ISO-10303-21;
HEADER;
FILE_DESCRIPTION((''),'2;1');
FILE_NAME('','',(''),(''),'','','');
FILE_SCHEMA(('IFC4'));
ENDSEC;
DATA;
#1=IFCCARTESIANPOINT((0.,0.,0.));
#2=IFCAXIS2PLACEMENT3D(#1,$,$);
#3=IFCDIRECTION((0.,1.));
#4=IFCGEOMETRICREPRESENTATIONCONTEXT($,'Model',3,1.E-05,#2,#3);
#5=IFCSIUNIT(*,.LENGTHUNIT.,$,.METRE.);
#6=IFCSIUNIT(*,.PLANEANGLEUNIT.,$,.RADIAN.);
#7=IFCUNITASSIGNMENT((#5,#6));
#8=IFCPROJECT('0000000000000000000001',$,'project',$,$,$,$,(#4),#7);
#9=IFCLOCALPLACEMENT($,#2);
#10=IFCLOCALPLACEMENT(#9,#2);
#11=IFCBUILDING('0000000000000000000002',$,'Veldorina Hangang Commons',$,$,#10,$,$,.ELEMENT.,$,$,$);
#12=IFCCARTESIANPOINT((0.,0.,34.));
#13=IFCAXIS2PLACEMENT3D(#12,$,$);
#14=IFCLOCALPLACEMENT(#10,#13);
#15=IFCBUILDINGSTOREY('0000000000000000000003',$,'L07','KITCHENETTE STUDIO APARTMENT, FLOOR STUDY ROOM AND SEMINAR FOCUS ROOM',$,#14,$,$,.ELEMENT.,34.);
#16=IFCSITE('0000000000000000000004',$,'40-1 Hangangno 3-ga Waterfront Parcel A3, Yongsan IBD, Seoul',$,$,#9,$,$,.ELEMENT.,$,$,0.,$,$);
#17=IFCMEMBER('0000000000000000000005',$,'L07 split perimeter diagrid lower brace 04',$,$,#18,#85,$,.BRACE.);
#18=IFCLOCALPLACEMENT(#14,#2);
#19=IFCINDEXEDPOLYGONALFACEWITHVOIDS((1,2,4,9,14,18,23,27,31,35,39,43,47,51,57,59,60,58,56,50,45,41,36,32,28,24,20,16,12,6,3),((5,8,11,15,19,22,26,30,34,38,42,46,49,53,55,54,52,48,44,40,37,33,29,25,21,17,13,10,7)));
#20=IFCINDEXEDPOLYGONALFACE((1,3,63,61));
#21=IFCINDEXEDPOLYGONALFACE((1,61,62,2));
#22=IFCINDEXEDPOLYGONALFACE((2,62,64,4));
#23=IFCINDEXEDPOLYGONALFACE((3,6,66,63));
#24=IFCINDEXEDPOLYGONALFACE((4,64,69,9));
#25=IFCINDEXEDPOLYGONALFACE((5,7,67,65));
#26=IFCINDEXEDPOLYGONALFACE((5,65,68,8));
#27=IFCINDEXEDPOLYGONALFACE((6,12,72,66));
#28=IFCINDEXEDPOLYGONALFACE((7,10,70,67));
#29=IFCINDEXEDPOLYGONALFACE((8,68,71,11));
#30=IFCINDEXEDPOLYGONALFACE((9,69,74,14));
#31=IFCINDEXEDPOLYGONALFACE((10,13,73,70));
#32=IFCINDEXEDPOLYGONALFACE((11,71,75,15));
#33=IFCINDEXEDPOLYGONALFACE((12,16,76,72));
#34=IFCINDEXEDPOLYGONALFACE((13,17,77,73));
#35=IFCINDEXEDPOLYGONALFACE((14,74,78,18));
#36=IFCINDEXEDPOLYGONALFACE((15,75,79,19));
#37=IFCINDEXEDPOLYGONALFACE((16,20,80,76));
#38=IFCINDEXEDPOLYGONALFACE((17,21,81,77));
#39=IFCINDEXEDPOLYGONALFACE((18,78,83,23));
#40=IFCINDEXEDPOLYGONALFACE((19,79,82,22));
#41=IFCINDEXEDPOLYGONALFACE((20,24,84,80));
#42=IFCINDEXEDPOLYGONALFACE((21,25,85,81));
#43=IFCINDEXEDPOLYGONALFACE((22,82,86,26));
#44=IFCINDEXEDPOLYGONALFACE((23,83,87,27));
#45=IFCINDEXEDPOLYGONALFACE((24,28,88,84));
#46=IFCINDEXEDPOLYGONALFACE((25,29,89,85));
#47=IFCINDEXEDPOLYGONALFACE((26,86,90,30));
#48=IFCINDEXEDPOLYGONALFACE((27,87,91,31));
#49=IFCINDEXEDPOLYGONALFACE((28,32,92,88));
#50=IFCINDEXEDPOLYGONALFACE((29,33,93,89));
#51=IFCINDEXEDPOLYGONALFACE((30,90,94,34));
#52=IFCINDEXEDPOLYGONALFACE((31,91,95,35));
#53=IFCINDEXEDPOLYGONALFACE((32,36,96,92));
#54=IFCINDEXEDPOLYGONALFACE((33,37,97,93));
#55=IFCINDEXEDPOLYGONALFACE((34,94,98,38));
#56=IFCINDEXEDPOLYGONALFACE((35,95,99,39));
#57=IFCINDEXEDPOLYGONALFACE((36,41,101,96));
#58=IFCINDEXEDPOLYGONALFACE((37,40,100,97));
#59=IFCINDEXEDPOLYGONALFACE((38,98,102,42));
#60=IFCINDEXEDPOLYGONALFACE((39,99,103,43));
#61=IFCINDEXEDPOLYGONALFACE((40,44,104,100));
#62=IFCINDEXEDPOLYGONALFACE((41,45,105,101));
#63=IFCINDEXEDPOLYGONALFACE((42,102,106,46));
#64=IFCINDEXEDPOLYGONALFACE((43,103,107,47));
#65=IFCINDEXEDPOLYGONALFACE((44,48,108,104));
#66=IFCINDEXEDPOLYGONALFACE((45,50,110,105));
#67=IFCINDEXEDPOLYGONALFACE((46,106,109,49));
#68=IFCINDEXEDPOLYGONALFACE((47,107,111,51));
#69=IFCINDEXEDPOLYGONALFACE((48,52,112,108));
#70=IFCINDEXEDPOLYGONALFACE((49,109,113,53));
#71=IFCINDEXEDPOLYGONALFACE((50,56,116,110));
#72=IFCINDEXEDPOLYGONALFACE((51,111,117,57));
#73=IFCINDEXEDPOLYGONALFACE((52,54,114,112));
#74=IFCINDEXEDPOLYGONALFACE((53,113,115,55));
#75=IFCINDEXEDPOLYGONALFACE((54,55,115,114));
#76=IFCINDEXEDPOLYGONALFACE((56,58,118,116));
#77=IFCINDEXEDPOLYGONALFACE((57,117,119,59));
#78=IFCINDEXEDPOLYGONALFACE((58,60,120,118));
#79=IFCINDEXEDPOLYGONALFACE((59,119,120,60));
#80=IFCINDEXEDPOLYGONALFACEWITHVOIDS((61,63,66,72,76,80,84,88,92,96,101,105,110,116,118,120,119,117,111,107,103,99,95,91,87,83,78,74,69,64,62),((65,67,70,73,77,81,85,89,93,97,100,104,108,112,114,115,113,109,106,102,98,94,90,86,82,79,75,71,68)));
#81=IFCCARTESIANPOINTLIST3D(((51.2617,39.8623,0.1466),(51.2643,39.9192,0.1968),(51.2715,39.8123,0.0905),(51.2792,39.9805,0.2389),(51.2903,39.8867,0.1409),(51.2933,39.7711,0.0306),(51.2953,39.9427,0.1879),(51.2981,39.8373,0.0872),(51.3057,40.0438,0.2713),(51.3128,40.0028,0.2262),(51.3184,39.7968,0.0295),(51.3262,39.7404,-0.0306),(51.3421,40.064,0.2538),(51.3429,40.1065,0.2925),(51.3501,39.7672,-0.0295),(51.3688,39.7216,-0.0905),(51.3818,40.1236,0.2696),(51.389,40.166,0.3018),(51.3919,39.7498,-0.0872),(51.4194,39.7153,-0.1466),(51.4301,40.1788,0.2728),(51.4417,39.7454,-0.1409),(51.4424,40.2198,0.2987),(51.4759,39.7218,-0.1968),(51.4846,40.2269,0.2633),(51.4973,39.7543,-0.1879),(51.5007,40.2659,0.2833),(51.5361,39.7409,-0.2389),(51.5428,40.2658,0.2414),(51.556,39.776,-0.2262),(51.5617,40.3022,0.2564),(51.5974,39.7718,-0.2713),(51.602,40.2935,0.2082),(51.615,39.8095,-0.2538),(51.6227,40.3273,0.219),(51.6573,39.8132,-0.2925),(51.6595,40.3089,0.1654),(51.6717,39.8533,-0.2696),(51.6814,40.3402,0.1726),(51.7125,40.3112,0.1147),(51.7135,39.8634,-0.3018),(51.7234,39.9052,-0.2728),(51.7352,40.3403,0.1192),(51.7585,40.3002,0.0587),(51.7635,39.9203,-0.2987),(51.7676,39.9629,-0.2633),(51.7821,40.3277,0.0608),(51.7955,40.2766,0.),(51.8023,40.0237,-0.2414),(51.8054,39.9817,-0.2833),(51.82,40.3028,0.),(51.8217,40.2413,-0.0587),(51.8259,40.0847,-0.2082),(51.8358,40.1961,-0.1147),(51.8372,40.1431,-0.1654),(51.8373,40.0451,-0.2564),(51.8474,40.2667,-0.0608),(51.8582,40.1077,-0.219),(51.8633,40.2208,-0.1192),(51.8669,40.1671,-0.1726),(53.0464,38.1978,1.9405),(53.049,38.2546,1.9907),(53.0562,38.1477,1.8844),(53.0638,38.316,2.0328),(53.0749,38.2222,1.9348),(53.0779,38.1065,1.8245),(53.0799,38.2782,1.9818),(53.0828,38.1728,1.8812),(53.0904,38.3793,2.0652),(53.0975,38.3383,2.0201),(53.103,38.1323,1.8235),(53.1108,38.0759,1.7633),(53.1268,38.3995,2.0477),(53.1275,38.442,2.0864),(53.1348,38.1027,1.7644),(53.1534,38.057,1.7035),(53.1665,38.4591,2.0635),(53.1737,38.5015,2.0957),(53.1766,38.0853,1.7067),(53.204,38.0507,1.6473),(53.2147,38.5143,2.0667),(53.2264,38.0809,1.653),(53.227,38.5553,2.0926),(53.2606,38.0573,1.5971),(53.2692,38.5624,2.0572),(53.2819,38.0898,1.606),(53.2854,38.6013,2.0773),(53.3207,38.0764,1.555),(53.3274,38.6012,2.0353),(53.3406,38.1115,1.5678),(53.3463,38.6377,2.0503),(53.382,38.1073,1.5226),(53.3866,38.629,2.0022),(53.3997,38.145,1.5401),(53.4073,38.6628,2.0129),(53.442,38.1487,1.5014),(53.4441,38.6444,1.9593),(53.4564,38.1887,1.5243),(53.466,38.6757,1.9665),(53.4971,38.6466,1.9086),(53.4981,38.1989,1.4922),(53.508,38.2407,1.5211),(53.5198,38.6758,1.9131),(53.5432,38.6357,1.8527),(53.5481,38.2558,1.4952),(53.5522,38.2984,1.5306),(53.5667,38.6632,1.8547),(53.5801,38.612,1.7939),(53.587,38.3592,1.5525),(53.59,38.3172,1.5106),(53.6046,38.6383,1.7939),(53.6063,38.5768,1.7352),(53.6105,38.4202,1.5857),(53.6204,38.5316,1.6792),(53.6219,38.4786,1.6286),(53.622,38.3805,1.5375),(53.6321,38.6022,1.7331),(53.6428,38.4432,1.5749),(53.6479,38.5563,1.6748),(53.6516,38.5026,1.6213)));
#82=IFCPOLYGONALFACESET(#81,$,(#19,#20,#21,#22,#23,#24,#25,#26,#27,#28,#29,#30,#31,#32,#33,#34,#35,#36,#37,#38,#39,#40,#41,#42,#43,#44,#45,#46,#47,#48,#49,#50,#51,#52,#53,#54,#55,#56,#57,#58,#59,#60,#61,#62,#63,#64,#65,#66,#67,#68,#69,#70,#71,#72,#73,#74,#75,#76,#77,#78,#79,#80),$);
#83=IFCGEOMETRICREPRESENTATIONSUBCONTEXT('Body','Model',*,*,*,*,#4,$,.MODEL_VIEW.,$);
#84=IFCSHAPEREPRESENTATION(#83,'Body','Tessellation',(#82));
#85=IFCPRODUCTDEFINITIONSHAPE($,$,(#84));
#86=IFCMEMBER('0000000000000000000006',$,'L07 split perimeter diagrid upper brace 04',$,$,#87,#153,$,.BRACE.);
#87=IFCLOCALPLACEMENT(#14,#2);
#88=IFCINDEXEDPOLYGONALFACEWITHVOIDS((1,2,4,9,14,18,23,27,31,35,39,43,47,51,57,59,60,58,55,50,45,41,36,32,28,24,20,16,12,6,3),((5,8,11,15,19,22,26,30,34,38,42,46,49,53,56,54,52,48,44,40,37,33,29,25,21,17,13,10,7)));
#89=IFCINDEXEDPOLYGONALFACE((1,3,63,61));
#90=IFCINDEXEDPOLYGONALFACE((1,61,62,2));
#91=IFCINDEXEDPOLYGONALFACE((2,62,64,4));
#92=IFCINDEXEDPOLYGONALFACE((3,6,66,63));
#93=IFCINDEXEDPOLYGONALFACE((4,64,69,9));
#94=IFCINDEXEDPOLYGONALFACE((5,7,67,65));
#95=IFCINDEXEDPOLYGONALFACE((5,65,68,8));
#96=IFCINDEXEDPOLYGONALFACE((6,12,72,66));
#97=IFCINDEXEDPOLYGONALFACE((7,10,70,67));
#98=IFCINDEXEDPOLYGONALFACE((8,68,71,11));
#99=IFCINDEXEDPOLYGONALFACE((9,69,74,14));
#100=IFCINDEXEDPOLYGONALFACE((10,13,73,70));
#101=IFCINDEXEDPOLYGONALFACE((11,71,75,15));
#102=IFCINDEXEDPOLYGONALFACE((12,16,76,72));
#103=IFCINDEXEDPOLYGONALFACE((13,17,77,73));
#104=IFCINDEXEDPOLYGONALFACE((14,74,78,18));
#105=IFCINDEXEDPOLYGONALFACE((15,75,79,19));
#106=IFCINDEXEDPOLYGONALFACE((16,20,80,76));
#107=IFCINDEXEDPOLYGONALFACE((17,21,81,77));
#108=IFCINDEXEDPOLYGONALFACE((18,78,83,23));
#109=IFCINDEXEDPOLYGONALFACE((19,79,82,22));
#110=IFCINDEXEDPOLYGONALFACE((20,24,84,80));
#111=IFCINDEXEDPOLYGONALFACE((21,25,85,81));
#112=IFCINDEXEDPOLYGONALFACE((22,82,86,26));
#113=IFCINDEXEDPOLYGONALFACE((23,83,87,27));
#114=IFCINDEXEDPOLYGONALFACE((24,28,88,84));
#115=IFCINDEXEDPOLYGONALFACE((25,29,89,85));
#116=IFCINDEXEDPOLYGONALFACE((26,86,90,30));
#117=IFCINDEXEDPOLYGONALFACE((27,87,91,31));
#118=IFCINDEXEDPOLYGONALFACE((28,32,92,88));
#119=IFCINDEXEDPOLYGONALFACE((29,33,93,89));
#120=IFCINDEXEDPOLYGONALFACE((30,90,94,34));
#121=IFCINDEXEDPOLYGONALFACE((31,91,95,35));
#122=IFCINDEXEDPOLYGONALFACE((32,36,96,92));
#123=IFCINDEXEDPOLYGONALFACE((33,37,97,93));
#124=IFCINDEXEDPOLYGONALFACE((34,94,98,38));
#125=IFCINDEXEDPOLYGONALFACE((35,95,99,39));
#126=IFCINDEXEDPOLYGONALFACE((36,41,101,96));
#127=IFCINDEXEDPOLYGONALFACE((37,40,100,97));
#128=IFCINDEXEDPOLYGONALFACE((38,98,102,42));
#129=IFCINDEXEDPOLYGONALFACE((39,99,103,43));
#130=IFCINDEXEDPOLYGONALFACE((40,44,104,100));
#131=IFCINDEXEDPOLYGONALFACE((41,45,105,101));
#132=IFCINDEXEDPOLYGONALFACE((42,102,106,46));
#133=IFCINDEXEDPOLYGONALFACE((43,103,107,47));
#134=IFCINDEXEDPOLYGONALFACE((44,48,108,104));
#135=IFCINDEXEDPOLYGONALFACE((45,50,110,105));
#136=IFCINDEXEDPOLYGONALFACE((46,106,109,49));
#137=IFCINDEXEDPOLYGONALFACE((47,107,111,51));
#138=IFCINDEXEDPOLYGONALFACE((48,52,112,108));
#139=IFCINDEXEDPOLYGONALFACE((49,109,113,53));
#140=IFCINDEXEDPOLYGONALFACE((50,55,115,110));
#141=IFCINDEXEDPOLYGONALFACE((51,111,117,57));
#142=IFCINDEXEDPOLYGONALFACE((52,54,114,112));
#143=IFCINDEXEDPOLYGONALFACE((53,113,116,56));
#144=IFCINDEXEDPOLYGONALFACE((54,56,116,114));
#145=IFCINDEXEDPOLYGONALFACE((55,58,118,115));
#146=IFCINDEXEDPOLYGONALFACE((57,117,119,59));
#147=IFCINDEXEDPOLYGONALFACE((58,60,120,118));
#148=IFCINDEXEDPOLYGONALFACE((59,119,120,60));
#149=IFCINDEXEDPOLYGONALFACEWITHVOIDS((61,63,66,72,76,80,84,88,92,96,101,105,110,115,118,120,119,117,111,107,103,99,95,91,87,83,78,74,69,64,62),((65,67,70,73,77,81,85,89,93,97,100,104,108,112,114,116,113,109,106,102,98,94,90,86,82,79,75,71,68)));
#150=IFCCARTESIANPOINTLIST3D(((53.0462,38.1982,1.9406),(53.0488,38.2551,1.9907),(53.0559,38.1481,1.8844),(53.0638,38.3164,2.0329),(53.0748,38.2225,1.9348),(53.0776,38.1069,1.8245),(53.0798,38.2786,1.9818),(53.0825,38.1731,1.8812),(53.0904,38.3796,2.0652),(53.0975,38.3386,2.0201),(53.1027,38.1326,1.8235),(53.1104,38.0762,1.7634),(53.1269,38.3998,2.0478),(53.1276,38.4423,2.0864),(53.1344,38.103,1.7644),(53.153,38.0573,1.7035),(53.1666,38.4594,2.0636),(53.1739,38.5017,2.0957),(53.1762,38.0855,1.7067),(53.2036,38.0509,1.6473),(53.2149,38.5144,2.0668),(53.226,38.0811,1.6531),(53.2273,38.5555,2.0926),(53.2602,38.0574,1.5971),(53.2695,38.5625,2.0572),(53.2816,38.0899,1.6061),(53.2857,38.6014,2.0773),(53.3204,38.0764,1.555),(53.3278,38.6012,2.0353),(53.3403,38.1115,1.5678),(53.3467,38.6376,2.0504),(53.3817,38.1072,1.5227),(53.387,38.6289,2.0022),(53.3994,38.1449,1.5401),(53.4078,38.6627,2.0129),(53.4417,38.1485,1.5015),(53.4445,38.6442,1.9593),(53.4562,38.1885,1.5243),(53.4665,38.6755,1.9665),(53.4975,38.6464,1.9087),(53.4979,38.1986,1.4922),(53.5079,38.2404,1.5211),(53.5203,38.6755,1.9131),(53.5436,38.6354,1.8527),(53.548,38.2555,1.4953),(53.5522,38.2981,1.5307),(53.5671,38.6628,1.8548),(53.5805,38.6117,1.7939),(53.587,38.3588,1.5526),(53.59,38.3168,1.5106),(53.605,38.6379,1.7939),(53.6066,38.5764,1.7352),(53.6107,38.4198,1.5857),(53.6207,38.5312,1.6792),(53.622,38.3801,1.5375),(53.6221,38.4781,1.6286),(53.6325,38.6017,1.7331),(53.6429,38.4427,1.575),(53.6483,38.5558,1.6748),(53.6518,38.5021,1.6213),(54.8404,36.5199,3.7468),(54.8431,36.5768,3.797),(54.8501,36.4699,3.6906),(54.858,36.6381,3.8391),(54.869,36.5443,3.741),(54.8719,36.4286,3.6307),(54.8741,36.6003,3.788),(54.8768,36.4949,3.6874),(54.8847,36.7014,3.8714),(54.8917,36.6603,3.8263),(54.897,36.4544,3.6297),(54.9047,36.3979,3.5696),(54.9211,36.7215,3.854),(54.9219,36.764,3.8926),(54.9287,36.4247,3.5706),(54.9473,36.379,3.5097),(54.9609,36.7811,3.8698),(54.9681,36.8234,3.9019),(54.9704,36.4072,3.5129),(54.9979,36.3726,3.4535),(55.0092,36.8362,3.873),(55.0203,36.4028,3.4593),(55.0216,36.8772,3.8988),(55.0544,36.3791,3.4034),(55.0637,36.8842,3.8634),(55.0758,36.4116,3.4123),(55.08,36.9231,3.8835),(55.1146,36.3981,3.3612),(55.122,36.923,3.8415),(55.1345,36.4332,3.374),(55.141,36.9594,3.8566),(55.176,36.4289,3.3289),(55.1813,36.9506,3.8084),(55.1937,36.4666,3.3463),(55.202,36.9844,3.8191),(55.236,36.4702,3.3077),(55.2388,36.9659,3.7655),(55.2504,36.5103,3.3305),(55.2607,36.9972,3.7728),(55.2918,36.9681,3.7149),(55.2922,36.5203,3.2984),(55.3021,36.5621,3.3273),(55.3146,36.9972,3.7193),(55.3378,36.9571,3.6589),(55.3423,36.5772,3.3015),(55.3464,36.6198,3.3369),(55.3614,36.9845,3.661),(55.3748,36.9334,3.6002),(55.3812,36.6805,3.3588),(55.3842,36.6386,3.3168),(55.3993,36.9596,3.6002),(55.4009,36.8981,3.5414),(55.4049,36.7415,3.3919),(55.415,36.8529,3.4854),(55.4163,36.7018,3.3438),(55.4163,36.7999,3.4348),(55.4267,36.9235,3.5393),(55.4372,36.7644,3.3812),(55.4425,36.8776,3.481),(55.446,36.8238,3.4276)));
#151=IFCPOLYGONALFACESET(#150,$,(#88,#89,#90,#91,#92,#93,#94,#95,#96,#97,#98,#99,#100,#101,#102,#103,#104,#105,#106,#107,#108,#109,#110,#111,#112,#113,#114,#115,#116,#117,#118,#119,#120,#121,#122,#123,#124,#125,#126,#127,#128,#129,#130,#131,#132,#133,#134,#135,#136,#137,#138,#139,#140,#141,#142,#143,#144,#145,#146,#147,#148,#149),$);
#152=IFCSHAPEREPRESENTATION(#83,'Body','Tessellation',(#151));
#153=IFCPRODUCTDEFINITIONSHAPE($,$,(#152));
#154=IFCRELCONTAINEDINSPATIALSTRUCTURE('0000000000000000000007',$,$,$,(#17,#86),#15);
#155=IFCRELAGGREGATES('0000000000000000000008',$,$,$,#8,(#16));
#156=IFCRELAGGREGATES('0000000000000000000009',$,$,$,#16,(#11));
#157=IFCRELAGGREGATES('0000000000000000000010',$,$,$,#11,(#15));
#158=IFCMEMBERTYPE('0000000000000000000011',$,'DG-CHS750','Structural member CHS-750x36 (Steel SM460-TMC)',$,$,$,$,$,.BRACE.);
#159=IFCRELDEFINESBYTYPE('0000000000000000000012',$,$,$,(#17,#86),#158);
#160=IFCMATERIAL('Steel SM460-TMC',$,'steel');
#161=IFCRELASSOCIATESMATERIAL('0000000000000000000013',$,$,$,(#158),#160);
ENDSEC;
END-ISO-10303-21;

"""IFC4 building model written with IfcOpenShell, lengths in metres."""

from ifc_helpers import new_model, si_unit, direction, frame, origin, origin_2d, place, context, subcontext, project, spatial, hollow_circle, extrude, material, material_profile, profile_set, type_object, element, save


model = new_model("IFC4")

# Units and contexts
model_context = context("Model", 3, precision=1e-05, world=origin(), true_north=direction((0.0, 1.0)))
body_context = subcontext(model_context, "Body", "Model", "MODEL_VIEW")
ifc_project = project(units=[si_unit("LENGTHUNIT", "METRE"), si_unit("PLANEANGLEUNIT", "RADIAN")], contexts=[model_context])

# Site, building, storey
site_placement = place(None, origin())
site = spatial("IfcSite", under=ifc_project, at=site_placement, Name="40-1 Hangangno 3-ga Waterfront Parcel A3, Yongsan IBD, Seoul", CompositionType="ELEMENT", RefElevation=0.0)
building_placement = place(site_placement, origin())
building = spatial("IfcBuilding", under=site, at=building_placement, Name="Veldorina Hangang Commons", CompositionType="ELEMENT")
storey_placement = place(building_placement, frame((0.0, 0.0, 34.0)))
storey = spatial("IfcBuildingStorey", under=building, at=storey_placement, Name="L07", Description="KITCHENETTE STUDIO APARTMENT, FLOOR STUDY ROOM AND SEMINAR FOCUS ROOM", CompositionType="ELEMENT", Elevation=34.0)

# Shared definitions
ifc_material_1 = material(Name="Steel SM460-TMC", Category="steel")

# Members
ifc_material_profile_1 = material_profile(ifc_material_1, hollow_circle(Radius=0.375, WallThickness=0.0359, at=origin_2d()), Name="CHS-750x36")
ifc_profile_set_1 = profile_set([ifc_material_profile_1], Name="Steel SM460-TMC")
member_type = type_object("IfcMemberType", Name="DG-CHS750", Description="Structural member CHS-750x36 (Steel SM460-TMC)", PredefinedType="BRACE", material=ifc_profile_set_1)
member_1_placement = place(storey_placement, frame((51.5642, 40.0286, 0.0), z_axis=(0.589221, -0.549563, 0.592283), x_axis=(0.682069, 0.731288, 0.0)))
element("IfcMember", 1, at=member_1_placement, inside=storey, type_object=member_type, Name="L07 split perimeter diagrid lower brace 04", PredefinedType="BRACE", context=body_context, shape_type="SweptSolid", body=[
    extrude(hollow_circle(Radius=0.375, WallThickness=0.0359, at=origin_2d()), origin(), (0.0, 0.0, 1.0), 3.0288),
])
member_2_placement = place(storey_placement, frame((53.3489, 38.364, 1.7939), z_axis=(0.58841, -0.550378, 0.592333), x_axis=(0.683111, 0.730315, 0.0)))
element("IfcMember", 2, at=member_2_placement, inside=storey, type_object=member_type, Name="L07 split perimeter diagrid upper brace 04", PredefinedType="BRACE", context=body_context, shape_type="SweptSolid", body=[
    extrude(hollow_circle(Radius=0.375, WallThickness=0.0359, at=origin_2d()), origin(), (0.0, 0.0, 1.0), 3.0493),
])

save(model, "model.ifc")
